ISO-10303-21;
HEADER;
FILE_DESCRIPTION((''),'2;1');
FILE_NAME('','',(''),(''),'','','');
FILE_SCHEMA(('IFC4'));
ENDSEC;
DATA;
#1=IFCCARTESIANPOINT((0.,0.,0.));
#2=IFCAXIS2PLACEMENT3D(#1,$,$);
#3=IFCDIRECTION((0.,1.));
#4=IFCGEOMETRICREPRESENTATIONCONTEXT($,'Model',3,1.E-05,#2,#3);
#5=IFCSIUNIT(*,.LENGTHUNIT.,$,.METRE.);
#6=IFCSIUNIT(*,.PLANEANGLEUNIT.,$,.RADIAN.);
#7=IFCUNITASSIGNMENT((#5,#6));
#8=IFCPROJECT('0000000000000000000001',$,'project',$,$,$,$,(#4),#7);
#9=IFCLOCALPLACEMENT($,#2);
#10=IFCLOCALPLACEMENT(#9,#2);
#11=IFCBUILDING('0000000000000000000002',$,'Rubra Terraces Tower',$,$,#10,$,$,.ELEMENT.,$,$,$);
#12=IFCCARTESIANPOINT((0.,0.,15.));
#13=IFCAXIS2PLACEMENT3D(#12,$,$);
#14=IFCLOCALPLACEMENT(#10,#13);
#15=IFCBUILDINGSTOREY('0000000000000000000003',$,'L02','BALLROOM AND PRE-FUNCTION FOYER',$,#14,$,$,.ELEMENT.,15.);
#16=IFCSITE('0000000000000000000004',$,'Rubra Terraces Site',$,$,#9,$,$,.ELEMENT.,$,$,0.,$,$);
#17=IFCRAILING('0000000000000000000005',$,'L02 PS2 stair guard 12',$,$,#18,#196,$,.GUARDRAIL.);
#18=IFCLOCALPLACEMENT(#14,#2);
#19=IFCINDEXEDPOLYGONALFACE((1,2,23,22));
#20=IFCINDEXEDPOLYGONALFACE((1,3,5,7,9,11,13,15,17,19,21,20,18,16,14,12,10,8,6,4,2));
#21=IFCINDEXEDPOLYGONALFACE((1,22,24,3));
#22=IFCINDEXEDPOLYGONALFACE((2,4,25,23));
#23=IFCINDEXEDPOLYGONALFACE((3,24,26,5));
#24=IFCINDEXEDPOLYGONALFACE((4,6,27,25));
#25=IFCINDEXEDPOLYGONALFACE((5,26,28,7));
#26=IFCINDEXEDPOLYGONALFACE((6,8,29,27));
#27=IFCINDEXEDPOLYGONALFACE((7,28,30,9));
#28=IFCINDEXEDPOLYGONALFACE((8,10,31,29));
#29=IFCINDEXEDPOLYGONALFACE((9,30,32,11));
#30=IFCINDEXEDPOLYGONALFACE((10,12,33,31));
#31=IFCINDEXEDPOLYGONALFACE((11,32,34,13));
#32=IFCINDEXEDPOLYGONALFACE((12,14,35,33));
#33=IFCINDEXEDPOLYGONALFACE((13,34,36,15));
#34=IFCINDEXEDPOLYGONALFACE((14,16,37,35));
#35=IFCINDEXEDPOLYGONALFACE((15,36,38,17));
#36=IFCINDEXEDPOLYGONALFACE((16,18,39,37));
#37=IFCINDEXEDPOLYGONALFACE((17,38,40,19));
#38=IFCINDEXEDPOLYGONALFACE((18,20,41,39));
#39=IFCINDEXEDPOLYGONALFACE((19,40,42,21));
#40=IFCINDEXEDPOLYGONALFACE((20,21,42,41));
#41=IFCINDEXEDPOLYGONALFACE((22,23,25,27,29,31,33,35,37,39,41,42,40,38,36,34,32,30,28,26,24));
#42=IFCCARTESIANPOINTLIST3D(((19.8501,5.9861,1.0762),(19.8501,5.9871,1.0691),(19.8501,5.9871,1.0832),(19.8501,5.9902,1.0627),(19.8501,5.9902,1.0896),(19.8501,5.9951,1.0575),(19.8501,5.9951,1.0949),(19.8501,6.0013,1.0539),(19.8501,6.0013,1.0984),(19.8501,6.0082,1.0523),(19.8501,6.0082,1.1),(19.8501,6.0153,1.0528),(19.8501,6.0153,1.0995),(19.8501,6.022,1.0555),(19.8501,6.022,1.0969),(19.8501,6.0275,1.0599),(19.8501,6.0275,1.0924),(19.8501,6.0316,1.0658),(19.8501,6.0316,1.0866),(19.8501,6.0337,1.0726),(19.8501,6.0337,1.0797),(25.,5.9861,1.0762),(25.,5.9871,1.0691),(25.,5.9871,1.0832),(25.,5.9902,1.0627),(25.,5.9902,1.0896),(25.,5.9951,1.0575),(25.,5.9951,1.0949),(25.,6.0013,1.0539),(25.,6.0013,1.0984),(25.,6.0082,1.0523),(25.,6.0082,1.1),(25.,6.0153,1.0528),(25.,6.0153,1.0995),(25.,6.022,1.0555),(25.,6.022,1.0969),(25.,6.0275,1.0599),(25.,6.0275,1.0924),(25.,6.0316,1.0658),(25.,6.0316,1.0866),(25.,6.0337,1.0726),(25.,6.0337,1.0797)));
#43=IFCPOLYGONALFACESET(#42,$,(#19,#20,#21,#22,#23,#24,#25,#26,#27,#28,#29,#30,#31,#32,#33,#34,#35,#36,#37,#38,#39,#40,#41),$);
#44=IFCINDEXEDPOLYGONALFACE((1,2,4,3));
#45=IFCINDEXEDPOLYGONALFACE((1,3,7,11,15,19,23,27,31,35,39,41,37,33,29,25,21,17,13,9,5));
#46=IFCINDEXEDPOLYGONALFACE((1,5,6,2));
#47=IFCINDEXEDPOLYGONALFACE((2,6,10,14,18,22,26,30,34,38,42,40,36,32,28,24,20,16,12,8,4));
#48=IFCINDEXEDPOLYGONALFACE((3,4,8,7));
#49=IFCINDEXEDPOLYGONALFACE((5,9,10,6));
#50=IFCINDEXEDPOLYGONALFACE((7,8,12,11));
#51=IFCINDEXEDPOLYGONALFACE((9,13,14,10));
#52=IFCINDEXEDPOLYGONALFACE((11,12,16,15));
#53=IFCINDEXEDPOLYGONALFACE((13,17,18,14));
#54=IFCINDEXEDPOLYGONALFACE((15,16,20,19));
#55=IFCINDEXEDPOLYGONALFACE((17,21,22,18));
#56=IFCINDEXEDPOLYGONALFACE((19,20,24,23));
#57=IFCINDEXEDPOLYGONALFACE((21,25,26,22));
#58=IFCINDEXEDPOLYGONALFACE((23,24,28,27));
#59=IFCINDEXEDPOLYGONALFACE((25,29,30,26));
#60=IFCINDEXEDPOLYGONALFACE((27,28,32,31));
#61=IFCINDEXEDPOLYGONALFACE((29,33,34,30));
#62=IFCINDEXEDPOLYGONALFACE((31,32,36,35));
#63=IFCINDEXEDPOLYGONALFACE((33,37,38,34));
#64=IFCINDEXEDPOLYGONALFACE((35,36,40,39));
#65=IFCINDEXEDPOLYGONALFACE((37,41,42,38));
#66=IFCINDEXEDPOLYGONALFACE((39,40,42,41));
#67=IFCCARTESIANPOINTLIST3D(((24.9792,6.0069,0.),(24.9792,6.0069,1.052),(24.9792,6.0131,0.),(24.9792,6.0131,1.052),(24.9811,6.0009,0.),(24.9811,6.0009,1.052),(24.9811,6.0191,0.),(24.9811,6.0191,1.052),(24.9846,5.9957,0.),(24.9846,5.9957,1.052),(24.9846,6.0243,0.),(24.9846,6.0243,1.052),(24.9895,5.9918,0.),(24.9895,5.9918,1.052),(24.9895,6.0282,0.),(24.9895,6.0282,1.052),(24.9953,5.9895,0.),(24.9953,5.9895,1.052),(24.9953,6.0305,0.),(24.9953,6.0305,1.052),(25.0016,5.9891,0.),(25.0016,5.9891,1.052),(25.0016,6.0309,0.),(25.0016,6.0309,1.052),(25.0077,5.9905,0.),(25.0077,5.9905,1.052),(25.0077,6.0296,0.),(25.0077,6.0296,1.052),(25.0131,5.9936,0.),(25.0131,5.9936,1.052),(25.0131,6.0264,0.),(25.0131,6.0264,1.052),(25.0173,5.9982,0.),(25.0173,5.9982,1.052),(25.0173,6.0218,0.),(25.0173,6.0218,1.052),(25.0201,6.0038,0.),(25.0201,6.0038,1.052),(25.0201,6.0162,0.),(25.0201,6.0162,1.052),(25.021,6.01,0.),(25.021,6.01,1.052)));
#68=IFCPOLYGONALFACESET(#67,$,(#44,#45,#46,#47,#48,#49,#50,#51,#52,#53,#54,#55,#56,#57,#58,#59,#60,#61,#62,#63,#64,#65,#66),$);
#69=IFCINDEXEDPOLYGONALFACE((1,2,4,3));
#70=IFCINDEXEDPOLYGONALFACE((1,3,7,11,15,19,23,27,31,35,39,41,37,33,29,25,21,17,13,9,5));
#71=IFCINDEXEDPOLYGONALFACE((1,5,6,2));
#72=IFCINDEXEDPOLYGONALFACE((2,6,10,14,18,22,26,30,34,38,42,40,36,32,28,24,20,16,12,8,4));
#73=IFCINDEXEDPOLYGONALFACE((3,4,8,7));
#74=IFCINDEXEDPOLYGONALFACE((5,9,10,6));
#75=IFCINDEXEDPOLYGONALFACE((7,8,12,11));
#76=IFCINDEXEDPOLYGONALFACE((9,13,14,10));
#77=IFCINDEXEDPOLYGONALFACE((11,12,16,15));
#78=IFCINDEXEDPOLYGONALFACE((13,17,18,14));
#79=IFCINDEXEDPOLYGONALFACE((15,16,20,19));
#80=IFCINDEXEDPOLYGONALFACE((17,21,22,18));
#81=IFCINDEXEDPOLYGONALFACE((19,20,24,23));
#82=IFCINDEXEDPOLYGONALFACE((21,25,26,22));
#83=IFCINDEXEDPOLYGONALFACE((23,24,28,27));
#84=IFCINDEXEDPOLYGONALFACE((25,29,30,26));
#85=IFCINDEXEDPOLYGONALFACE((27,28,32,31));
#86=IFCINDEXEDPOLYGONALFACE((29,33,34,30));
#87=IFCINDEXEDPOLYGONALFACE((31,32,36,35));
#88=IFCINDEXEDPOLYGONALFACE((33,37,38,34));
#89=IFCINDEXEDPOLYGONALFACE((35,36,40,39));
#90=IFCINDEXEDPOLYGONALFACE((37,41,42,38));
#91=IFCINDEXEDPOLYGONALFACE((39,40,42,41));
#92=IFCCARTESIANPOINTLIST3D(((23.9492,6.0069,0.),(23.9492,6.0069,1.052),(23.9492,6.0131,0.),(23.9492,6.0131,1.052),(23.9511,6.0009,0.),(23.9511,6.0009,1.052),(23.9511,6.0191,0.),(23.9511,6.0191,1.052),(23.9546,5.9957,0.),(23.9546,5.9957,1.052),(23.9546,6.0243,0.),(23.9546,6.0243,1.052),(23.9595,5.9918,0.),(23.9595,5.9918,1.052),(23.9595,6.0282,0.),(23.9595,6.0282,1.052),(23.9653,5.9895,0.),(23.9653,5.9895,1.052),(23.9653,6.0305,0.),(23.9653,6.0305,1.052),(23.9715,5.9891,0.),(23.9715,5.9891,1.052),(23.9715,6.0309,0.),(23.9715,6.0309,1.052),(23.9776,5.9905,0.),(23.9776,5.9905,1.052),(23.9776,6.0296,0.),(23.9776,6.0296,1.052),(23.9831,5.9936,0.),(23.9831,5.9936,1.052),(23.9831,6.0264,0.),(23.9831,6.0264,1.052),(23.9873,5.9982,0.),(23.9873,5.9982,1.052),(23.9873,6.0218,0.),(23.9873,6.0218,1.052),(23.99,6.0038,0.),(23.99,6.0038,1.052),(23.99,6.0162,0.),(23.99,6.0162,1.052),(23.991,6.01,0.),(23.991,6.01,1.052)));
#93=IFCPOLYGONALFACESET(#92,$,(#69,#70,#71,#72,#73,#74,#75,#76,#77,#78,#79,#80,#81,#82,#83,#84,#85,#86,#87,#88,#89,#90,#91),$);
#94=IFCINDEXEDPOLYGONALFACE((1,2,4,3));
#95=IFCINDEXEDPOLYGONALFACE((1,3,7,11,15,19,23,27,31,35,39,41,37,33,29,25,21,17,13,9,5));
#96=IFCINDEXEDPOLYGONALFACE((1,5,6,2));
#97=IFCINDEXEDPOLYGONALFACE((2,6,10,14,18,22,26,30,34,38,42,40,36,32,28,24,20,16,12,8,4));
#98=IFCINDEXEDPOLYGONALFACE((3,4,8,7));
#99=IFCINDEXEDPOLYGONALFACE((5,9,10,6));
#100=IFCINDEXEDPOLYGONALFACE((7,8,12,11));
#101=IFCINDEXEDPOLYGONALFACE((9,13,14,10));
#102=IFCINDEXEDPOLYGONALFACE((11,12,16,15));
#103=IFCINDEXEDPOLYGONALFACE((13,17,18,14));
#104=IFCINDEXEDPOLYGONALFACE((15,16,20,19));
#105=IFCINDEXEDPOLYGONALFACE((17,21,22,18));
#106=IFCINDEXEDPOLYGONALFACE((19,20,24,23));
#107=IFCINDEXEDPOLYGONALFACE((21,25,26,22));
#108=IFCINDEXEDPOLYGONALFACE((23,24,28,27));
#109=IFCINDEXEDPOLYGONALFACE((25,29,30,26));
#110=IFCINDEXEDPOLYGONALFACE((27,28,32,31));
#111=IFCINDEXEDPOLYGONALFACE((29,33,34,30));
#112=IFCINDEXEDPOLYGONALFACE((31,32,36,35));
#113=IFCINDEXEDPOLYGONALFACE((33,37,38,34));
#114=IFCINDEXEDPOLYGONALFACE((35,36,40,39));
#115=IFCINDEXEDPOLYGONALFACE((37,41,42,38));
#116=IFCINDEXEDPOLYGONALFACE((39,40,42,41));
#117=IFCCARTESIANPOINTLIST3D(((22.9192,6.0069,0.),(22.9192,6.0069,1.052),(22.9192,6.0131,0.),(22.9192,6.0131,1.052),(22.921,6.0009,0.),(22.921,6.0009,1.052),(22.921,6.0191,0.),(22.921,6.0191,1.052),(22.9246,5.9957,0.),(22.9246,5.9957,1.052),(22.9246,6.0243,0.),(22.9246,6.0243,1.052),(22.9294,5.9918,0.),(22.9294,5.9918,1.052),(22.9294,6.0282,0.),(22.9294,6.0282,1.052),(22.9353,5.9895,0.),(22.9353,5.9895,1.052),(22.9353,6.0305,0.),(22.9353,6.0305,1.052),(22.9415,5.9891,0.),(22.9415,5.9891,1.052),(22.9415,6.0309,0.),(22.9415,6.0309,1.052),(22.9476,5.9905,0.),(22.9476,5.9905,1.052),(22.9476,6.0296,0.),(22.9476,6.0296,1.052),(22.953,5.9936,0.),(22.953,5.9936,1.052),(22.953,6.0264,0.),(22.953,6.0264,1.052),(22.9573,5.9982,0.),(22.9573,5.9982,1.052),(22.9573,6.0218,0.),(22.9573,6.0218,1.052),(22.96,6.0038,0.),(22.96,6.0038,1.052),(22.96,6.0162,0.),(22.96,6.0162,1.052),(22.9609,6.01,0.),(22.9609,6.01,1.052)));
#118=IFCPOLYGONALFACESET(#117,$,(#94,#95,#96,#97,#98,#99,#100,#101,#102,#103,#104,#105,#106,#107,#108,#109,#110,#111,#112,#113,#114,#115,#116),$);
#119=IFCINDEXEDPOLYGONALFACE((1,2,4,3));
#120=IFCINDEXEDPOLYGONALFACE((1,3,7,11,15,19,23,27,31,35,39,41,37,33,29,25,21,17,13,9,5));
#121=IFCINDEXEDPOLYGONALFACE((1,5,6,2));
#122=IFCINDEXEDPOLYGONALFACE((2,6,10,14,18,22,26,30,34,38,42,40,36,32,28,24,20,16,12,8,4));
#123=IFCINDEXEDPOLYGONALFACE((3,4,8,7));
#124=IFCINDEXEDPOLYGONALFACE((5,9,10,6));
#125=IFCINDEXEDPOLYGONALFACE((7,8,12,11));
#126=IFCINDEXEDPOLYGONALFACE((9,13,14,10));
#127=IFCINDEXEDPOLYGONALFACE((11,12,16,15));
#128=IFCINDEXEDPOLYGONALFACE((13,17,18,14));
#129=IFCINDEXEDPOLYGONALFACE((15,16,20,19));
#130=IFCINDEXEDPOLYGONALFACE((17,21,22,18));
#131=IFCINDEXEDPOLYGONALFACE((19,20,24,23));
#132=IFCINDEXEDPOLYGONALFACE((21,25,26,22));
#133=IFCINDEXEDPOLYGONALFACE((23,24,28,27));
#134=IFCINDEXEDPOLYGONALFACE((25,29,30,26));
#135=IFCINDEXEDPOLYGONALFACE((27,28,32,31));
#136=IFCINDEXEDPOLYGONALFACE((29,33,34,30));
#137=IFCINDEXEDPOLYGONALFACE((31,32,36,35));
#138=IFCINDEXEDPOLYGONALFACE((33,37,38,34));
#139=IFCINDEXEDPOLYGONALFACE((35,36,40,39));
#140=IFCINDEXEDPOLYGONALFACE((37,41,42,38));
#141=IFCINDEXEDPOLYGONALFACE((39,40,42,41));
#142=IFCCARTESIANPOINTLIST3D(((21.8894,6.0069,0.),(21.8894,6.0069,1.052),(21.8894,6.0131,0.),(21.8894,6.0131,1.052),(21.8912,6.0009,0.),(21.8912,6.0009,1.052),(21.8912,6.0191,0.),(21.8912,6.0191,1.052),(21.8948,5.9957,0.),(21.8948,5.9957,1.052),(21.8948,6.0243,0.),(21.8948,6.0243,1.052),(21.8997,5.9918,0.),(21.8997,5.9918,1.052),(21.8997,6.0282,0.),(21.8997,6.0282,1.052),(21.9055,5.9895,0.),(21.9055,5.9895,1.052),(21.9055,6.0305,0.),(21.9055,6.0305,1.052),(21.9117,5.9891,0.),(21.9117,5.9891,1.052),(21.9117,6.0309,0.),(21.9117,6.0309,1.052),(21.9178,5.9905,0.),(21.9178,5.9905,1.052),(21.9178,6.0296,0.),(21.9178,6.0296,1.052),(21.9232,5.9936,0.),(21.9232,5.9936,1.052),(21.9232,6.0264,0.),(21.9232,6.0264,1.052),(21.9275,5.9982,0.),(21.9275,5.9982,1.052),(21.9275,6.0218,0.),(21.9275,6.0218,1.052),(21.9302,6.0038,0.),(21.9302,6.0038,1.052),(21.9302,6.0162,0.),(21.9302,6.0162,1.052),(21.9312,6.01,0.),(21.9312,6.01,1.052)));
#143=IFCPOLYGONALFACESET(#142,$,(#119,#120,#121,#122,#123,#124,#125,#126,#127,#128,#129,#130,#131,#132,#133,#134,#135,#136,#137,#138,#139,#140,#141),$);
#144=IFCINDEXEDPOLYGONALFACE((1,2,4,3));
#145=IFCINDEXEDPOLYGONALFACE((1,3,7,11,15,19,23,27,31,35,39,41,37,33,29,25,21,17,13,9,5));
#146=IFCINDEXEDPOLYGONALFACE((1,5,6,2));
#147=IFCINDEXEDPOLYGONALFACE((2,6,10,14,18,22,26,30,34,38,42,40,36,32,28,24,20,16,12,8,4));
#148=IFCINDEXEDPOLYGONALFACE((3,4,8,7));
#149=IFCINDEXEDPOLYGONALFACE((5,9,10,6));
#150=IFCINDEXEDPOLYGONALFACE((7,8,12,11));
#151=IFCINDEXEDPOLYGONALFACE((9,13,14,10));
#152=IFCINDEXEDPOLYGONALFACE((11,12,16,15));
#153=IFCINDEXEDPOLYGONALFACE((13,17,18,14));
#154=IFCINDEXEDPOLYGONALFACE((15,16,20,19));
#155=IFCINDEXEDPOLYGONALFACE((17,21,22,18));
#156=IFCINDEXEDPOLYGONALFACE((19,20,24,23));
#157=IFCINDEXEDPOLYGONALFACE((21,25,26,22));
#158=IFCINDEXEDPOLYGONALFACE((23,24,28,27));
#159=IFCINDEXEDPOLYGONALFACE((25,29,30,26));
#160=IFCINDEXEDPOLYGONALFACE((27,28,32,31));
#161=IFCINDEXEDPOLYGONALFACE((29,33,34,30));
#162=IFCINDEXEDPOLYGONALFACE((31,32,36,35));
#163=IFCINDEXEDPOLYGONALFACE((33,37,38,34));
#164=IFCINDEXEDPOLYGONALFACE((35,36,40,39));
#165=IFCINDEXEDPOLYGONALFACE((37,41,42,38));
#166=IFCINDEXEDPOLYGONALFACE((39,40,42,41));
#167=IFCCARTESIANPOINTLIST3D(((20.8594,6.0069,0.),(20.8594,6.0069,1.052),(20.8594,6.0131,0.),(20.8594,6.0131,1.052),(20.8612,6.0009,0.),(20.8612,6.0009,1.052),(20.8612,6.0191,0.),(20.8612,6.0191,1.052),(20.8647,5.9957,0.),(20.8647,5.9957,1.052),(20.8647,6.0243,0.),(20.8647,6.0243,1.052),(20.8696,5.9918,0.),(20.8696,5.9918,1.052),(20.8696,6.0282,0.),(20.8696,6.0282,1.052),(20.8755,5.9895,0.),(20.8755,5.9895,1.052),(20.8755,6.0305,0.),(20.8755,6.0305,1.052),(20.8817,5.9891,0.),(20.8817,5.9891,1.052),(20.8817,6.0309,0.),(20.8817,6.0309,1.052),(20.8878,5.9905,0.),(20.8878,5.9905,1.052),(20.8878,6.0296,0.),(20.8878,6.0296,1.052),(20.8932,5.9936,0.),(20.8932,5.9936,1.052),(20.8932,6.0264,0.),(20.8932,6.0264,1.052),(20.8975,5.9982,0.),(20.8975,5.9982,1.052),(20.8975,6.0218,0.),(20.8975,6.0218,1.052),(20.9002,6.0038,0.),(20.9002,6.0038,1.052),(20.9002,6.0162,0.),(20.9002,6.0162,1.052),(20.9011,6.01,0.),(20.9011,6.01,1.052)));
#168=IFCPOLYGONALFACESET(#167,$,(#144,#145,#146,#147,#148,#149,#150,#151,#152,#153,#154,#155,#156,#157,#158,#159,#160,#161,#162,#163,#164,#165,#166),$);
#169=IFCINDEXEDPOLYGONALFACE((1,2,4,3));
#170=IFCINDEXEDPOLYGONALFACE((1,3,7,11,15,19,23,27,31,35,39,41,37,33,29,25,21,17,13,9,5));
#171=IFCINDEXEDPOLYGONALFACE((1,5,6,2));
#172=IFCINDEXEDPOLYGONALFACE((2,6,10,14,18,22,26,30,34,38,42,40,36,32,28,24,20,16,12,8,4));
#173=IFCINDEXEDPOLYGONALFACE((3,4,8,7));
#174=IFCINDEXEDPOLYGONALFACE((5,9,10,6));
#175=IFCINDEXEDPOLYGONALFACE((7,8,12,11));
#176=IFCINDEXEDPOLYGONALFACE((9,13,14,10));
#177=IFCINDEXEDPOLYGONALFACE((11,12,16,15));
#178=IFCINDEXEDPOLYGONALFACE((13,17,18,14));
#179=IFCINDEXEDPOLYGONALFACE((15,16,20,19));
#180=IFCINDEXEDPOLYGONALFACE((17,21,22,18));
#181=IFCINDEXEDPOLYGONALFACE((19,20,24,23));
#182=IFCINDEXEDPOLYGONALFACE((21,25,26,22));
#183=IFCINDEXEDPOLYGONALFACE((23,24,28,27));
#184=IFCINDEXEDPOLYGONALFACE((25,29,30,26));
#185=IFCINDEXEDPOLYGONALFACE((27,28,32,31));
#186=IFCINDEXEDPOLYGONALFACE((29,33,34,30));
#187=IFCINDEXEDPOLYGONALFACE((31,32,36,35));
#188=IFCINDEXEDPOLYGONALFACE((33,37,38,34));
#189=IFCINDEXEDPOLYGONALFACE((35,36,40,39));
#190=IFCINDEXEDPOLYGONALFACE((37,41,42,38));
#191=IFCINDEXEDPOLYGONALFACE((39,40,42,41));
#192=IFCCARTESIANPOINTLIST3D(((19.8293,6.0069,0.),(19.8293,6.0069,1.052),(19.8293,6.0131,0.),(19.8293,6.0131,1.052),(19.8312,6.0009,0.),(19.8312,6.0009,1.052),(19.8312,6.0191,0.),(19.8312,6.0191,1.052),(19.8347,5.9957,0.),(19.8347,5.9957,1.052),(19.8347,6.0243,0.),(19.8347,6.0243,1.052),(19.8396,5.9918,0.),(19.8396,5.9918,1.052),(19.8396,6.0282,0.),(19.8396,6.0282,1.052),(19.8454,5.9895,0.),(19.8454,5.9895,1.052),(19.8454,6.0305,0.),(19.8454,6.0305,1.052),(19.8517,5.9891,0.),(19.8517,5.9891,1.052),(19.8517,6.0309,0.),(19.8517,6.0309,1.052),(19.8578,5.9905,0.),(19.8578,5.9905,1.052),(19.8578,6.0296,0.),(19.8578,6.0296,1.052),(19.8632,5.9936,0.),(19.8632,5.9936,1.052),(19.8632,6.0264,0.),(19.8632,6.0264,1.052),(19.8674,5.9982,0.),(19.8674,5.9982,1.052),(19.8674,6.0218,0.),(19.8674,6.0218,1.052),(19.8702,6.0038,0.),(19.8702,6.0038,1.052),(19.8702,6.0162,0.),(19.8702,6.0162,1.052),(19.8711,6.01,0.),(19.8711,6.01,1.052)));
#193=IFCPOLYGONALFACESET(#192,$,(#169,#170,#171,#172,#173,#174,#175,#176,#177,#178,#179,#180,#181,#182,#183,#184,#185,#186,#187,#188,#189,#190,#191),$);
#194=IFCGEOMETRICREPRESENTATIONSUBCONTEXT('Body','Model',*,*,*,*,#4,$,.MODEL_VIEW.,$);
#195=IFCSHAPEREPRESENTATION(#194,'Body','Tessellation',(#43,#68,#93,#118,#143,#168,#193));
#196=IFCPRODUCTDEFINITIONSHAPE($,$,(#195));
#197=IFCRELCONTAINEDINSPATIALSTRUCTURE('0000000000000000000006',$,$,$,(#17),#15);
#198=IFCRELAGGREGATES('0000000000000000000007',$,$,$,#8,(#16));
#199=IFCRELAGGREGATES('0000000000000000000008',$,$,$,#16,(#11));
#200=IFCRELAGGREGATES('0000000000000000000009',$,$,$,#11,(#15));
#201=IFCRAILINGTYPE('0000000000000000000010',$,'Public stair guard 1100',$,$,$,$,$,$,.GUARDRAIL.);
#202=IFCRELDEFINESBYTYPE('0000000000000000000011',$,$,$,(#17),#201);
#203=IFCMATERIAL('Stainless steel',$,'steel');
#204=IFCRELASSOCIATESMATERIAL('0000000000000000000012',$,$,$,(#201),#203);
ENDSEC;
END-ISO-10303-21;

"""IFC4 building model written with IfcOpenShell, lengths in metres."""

from ifc_helpers import new_model, si_unit, direction, frame, origin, origin_2d, place, context, subcontext, project, spatial, circle, extrude, material, type_object, element, save


model = new_model("IFC4")

# Units and contexts
model_context = context("Model", 3, precision=1e-05, world=origin(), true_north=direction((0.0, 1.0)))
body_context = subcontext(model_context, "Body", "Model", "MODEL_VIEW")
ifc_project = project(units=[si_unit("LENGTHUNIT", "METRE"), si_unit("PLANEANGLEUNIT", "RADIAN")], contexts=[model_context])

# Site, building, storey
site_placement = place(None, origin())
site = spatial("IfcSite", under=ifc_project, at=site_placement, Name="Rubra Terraces Site", CompositionType="ELEMENT", RefElevation=0.0)
building_placement = place(site_placement, origin())
building = spatial("IfcBuilding", under=site, at=building_placement, Name="Rubra Terraces Tower", CompositionType="ELEMENT")
storey_placement = place(building_placement, frame((0.0, 0.0, 15.0)))
storey = spatial("IfcBuildingStorey", under=building, at=storey_placement, Name="L02", Description="BALLROOM AND PRE-FUNCTION FOYER", CompositionType="ELEMENT", Elevation=15.0)

# Railing
ifc_material_1 = material(Name="Stainless steel", Category="steel")
railing_type_1 = type_object("IfcRailingType", Name="Public stair guard 1100", PredefinedType="GUARDRAIL", material=ifc_material_1)
railing_1_placement = place(storey_placement, frame((25.0, 6.01, 0.0)))
element("IfcRailing", 1, at=railing_1_placement, inside=storey, type_object=railing_type_1, Name="L02 PS2 stair guard 12", PredefinedType="GUARDRAIL", context=body_context, shape_type="SweptSolid", body=[
    extrude(circle(Radius=0.0239, at=origin_2d()), frame((0.0, 0.0, 1.0762), z_axis=(-1.0, 0.0, 0.0), x_axis=(0.0, -1.0, 0.0)), (0.0, 0.0, 1.0), 5.1499),
    extrude(circle(Radius=0.021, at=origin_2d()), origin(), (0.0, 0.0, 1.0), 1.052),
    extrude(circle(Radius=0.021, at=origin_2d()), frame((-1.03, 0.0, 0.0)), (0.0, 0.0, 1.0), 1.052),
    extrude(circle(Radius=0.021, at=origin_2d()), frame((-2.0601, 0.0, 0.0)), (0.0, 0.0, 1.0), 1.052),
    extrude(circle(Radius=0.021, at=origin_2d()), frame((-3.0898, 0.0, 0.0)), (0.0, 0.0, 1.0), 1.052),
    extrude(circle(Radius=0.021, at=origin_2d()), frame((-4.1199, 0.0, 0.0)), (0.0, 0.0, 1.0), 1.052),
    extrude(circle(Radius=0.021, at=origin_2d()), frame((-5.1499, 0.0, 0.0)), (0.0, 0.0, 1.0), 1.052),
])

save(model, "model.ifc")
